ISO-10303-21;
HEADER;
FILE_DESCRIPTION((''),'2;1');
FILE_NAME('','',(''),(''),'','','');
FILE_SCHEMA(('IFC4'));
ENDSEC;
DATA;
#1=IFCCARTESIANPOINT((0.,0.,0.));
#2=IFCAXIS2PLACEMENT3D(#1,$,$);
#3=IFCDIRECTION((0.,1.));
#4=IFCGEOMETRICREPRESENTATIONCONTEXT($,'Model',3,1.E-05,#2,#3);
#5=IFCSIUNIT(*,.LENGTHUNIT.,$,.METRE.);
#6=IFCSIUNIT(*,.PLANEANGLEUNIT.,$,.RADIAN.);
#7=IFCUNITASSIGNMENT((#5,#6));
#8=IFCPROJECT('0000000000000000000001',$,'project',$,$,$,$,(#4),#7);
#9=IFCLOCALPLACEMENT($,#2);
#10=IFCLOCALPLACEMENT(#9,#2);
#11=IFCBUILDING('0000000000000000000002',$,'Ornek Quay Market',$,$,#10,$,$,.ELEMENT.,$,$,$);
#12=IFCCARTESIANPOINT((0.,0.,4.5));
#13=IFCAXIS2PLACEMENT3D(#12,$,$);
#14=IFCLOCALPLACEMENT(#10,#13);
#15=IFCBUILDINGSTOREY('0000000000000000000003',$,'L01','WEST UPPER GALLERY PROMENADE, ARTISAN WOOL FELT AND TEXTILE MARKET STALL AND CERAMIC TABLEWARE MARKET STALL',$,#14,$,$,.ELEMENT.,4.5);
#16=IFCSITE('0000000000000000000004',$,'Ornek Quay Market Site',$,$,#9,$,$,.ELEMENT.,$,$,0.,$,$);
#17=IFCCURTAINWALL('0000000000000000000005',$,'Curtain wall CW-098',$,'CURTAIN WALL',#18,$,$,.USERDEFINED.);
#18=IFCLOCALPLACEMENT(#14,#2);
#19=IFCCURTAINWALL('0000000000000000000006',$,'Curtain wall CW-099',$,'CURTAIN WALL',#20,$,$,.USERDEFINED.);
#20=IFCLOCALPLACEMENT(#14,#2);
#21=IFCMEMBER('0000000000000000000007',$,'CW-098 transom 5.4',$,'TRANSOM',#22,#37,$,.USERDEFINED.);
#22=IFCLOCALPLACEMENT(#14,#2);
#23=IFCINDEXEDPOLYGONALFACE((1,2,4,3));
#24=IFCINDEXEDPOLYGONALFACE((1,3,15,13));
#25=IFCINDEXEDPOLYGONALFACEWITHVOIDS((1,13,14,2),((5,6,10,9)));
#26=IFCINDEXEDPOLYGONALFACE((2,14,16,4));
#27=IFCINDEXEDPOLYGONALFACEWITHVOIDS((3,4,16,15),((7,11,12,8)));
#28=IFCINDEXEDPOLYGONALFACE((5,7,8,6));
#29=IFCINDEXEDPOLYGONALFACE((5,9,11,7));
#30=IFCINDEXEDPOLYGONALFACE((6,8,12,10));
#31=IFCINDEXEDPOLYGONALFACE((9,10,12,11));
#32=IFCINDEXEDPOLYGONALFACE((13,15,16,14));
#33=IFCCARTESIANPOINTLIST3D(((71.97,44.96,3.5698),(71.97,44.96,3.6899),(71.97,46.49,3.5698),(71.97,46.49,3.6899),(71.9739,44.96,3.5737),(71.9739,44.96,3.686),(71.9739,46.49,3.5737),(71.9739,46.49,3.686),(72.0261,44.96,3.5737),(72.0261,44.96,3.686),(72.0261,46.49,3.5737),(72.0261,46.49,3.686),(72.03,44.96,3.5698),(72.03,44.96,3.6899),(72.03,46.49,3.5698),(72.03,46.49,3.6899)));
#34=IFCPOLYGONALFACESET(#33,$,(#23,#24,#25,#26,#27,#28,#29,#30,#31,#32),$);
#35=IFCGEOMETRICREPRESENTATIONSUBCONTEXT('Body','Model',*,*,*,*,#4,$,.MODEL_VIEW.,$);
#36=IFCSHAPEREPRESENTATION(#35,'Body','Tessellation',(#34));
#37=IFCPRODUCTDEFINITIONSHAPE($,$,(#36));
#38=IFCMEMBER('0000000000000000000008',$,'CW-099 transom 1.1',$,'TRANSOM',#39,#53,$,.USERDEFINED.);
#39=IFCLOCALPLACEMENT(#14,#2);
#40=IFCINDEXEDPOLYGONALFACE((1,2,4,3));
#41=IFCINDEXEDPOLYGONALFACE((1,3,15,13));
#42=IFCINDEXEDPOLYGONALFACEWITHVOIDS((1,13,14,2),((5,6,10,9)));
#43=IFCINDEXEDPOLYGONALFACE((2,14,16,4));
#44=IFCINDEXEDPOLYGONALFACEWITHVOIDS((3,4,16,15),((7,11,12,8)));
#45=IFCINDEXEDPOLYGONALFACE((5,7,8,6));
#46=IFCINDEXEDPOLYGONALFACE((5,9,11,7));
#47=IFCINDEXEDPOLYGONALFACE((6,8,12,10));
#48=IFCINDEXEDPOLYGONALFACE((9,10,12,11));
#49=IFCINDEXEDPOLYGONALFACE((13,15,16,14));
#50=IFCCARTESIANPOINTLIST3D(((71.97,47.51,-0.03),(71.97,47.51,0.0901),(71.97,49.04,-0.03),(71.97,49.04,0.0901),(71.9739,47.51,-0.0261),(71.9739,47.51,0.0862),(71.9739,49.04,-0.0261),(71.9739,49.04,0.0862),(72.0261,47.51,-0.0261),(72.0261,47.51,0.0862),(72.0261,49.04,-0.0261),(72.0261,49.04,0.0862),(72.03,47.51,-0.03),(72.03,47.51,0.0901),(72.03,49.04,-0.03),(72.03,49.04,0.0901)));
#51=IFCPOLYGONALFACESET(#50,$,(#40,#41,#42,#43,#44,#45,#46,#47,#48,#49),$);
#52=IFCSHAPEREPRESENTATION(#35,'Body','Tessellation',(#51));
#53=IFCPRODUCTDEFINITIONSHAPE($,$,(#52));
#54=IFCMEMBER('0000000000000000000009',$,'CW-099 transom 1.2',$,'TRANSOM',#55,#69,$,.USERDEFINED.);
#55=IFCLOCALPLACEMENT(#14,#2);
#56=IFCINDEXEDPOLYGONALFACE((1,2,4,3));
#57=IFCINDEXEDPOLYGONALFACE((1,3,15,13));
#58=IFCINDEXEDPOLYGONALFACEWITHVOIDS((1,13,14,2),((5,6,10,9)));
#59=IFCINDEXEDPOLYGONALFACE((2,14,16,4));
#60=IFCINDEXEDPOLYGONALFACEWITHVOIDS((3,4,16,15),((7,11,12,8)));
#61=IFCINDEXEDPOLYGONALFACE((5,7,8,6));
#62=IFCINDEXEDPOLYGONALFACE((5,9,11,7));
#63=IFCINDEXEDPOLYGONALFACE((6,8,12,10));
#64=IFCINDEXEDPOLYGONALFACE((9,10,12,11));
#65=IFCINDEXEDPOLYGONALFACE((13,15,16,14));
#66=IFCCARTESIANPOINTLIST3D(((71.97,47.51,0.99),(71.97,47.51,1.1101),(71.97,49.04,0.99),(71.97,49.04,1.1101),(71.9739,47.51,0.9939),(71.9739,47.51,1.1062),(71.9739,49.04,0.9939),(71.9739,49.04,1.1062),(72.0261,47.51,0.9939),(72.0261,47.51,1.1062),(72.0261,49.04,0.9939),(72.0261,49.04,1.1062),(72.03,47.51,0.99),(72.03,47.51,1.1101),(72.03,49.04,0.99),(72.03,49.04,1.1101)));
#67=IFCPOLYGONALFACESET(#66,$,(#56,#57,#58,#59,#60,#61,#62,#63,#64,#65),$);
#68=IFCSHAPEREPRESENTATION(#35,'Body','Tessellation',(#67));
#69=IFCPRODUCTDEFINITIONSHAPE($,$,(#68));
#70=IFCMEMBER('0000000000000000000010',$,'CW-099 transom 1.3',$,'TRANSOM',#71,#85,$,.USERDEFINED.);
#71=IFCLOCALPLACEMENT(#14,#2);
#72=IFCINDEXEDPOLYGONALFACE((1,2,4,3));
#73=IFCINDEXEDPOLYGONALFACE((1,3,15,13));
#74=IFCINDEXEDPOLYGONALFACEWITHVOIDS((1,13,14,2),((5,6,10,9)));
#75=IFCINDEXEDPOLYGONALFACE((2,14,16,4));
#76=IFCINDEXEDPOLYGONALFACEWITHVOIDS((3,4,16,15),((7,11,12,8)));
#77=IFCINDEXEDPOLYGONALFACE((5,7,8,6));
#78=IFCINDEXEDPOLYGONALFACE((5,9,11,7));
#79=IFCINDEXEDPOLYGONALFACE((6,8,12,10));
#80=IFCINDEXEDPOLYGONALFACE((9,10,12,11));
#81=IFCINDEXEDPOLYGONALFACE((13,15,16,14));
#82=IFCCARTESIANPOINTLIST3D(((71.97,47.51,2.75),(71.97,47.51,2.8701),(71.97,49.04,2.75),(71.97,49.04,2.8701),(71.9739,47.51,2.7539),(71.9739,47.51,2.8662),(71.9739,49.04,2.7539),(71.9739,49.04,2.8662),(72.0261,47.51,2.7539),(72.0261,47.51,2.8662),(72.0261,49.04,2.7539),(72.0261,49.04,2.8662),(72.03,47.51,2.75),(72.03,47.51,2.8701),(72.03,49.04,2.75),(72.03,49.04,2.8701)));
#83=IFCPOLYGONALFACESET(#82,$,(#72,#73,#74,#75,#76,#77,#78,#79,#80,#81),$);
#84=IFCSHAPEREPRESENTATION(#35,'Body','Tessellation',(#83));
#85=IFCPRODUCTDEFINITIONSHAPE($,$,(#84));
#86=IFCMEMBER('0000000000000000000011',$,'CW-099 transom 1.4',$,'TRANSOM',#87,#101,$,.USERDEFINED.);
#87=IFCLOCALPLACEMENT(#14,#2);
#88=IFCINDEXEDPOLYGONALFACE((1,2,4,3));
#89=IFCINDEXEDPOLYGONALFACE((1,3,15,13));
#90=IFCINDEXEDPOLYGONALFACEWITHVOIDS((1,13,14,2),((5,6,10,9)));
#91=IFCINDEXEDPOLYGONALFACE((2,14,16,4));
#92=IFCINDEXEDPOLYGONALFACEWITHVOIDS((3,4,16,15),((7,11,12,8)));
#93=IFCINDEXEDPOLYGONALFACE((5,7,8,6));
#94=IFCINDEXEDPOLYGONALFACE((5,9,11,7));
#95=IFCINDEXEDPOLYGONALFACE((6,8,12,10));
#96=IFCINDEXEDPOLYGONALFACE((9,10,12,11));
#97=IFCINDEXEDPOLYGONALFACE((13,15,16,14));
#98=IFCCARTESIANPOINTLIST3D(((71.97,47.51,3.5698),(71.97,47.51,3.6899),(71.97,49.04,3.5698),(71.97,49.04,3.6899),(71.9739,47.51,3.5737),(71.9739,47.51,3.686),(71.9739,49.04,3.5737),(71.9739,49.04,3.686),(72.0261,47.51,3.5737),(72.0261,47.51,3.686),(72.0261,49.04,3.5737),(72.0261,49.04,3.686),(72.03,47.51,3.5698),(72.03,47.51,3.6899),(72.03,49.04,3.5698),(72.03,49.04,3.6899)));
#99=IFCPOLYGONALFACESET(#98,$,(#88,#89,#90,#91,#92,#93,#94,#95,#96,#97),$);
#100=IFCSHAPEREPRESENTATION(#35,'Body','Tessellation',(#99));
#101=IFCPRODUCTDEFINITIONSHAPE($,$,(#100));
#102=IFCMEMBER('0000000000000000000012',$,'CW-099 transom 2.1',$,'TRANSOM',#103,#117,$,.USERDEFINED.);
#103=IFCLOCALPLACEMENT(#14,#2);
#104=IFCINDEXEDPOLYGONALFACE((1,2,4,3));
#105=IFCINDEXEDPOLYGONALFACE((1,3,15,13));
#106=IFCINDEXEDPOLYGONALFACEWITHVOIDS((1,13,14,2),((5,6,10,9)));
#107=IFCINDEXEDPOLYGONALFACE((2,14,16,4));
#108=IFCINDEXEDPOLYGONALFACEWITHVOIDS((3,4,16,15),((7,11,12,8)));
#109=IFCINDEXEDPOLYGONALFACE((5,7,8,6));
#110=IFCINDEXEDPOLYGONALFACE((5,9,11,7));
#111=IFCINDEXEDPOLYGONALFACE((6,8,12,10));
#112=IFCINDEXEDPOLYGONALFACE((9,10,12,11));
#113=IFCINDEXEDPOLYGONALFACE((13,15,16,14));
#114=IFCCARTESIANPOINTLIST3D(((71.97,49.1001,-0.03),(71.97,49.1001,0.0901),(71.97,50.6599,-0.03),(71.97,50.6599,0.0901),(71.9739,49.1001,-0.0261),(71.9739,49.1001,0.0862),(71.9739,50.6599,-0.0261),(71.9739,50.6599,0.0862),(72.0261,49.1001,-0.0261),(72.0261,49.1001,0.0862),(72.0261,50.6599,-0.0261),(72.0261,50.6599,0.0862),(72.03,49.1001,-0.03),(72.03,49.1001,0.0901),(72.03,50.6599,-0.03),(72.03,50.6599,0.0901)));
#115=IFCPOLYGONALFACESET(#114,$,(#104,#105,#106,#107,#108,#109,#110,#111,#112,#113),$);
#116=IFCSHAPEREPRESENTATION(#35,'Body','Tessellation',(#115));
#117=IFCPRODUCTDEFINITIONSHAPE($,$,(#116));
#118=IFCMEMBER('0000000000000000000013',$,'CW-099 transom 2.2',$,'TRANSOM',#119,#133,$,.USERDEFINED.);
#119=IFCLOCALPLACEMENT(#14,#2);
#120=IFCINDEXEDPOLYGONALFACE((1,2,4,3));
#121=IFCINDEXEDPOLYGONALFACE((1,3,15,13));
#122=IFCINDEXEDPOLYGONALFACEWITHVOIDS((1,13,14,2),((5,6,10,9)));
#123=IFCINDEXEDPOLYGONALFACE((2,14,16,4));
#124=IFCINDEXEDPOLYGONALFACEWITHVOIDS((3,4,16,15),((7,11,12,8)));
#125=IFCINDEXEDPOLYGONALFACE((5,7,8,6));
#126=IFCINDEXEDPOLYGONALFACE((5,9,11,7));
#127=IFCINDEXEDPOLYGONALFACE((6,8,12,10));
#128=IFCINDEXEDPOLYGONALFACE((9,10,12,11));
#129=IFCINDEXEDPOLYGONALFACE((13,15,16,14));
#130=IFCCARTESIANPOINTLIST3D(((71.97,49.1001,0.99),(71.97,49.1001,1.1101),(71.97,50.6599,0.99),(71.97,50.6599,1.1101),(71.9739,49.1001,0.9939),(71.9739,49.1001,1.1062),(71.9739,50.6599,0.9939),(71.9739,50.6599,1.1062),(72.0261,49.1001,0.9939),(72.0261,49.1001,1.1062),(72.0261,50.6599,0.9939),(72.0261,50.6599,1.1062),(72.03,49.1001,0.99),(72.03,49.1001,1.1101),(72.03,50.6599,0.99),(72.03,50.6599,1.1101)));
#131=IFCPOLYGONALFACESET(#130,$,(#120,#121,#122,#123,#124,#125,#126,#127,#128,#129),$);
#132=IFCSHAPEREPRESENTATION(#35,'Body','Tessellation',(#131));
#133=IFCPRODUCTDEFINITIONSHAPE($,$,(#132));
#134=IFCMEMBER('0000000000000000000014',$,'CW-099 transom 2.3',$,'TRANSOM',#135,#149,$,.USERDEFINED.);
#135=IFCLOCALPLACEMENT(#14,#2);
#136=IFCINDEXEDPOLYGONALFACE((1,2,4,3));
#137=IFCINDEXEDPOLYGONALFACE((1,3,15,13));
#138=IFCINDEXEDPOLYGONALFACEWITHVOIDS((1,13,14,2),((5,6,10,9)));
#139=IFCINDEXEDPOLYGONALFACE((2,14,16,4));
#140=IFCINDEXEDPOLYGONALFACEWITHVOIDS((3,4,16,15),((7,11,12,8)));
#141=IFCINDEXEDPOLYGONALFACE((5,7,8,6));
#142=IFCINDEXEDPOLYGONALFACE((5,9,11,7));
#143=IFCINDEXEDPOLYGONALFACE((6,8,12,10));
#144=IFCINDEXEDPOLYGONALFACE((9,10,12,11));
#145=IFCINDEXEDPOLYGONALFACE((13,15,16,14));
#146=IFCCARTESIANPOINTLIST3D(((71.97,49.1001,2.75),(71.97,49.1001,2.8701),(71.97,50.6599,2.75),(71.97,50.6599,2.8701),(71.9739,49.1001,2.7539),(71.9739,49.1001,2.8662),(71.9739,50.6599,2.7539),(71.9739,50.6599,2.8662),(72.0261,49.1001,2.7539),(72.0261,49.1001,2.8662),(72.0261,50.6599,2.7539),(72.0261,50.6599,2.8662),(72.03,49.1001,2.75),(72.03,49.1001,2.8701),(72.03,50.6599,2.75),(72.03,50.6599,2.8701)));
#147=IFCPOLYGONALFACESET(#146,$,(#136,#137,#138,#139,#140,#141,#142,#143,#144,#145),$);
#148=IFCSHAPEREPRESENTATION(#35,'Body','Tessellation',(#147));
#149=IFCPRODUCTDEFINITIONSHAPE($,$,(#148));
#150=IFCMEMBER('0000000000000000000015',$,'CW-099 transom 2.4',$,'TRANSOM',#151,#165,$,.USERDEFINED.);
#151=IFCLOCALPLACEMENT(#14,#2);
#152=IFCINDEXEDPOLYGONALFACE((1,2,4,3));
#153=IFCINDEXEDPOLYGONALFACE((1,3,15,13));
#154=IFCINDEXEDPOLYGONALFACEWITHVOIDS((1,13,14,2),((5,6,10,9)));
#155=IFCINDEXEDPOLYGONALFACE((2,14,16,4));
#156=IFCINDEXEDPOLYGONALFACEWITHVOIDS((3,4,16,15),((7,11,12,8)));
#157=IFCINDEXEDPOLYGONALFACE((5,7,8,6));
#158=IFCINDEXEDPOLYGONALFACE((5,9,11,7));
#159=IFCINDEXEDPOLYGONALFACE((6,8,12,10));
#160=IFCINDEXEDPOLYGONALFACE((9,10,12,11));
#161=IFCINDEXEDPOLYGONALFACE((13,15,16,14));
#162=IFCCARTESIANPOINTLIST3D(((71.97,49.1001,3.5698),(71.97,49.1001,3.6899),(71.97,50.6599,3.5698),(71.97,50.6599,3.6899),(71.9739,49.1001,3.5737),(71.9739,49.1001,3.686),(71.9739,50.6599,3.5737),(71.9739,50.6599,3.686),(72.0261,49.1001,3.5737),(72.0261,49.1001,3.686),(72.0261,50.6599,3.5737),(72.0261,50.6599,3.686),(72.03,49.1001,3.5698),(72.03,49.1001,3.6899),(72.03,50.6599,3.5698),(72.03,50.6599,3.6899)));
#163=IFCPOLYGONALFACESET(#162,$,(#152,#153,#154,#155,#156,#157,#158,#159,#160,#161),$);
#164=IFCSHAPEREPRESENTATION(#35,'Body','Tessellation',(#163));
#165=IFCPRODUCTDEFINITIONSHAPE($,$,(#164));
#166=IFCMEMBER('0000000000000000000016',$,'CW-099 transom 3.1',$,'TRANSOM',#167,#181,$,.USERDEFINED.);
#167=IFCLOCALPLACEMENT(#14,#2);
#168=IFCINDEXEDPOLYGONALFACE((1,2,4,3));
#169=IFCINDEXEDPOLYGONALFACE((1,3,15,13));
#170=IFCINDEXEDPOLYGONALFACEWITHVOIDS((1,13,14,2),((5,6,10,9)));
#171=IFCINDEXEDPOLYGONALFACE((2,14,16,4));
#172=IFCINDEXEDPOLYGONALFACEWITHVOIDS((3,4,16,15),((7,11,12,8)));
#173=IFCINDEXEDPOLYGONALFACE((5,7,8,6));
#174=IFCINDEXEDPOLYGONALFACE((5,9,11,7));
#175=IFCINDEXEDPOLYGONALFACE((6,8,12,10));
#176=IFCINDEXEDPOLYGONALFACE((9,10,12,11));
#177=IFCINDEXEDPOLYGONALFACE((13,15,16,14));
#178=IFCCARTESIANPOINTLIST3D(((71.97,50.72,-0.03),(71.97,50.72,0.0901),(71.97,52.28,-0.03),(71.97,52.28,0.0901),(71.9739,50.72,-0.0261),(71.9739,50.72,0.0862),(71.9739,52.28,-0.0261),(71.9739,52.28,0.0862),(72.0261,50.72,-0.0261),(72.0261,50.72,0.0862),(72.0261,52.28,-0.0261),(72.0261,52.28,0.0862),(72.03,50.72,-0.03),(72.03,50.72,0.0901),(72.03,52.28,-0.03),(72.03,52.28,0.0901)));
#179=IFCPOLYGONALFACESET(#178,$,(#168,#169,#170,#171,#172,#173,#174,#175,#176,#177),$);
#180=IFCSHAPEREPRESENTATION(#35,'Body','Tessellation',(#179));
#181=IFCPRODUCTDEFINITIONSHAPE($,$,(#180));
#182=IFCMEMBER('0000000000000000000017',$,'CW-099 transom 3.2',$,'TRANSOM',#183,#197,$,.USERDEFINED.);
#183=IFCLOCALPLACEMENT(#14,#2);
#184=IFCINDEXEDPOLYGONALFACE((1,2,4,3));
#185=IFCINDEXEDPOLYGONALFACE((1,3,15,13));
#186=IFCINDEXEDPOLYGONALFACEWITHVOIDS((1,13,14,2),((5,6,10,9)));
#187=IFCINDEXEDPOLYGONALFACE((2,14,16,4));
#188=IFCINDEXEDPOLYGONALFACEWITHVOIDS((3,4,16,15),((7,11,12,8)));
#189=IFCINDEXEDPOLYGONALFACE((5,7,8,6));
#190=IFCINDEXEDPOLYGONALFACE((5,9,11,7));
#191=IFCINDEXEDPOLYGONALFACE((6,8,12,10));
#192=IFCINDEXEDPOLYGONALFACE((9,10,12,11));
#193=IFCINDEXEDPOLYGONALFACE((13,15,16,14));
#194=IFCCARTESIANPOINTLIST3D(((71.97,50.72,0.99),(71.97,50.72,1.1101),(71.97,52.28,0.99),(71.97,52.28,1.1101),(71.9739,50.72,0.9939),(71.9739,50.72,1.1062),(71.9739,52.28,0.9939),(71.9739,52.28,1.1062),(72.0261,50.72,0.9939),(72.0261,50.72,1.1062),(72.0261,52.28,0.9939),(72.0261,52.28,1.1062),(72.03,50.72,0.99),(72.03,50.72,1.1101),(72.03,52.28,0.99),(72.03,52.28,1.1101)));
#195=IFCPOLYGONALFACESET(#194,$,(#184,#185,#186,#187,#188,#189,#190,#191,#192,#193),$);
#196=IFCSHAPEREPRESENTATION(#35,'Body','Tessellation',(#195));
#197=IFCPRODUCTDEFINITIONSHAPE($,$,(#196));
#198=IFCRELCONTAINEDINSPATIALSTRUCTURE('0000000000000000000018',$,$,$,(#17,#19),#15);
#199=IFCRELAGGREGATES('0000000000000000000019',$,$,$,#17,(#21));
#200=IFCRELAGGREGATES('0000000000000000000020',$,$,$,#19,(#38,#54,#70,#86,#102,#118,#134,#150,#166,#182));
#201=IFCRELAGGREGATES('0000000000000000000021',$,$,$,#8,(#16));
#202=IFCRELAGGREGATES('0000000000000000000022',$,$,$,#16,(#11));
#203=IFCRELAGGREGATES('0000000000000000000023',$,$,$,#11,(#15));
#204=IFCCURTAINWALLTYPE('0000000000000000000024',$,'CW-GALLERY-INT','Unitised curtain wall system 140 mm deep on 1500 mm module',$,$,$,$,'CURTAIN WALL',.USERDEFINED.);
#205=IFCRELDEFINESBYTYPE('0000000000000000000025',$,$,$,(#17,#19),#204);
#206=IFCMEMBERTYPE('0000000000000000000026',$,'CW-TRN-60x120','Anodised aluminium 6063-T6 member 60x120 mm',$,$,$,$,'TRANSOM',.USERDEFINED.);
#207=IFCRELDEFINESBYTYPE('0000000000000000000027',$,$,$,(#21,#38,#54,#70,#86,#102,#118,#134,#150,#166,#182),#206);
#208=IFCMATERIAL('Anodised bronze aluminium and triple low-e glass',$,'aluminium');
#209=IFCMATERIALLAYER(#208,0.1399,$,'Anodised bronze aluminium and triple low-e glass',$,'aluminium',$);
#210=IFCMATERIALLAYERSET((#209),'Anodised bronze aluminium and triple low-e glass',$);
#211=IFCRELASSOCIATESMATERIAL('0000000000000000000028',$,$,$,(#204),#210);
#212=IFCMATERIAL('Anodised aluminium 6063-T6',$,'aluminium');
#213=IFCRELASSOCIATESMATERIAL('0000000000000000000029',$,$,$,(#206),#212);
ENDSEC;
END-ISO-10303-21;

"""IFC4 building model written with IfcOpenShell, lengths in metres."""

from ifc_helpers import new_model, si_unit, direction, frame, origin, origin_2d, place, context, subcontext, project, spatial, hollow_rectangle, extrude, material, layer, layer_set, material_profile, profile_set, type_object, element, aggregate, save


model = new_model("IFC4")

# Units and contexts
model_context = context("Model", 3, precision=1e-05, world=origin(), true_north=direction((0.0, 1.0)))
body_context = subcontext(model_context, "Body", "Model", "MODEL_VIEW")
ifc_project = project(units=[si_unit("LENGTHUNIT", "METRE"), si_unit("PLANEANGLEUNIT", "RADIAN")], contexts=[model_context])

# Site, building, storey
site_placement = place(None, origin())
site = spatial("IfcSite", under=ifc_project, at=site_placement, Name="Ornek Quay Market Site", CompositionType="ELEMENT", RefElevation=0.0)
building_placement = place(site_placement, origin())
building = spatial("IfcBuilding", under=site, at=building_placement, Name="Ornek Quay Market", CompositionType="ELEMENT")
storey_placement = place(building_placement, frame((0.0, 0.0, 4.5)))
storey = spatial("IfcBuildingStorey", under=building, at=storey_placement, Name="L01", Description="WEST UPPER GALLERY PROMENADE, ARTISAN WOOL FELT AND TEXTILE MARKET STALL AND CERAMIC TABLEWARE MARKET STALL", CompositionType="ELEMENT", Elevation=4.5)

# Curtain wall
ifc_material_1 = material(Name="Anodised bronze aluminium and triple low-e glass", Category="aluminium")
ifc_layer_1 = layer(ifc_material_1, 0.1399, Name="Anodised bronze aluminium and triple low-e glass", Category="aluminium")
ifc_layer_set_1 = layer_set([ifc_layer_1], Name="Anodised bronze aluminium and triple low-e glass")
curtain_wall_type = type_object("IfcCurtainWallType", Name="CW-GALLERY-INT", Description="Unitised curtain wall system 140 mm deep on 1500 mm module", ElementType="CURTAIN WALL", PredefinedType="USERDEFINED", material=ifc_layer_set_1)
curtain_wall_1_placement = place(storey_placement, origin())
curtain_wall_1 = element("IfcCurtainWall", 1, at=curtain_wall_1_placement, inside=storey, type_object=curtain_wall_type, Name="Curtain wall CW-098", ObjectType="CURTAIN WALL", PredefinedType="USERDEFINED")
ifc_material_2 = material(Name="Anodised aluminium 6063-T6", Category="aluminium")

# Curtain wall
curtain_wall_2_placement = place(storey_placement, origin())
curtain_wall_2 = element("IfcCurtainWall", 2, at=curtain_wall_2_placement, inside=storey, type_object=curtain_wall_type, Name="Curtain wall CW-099", ObjectType="CURTAIN WALL", PredefinedType="USERDEFINED")

# Members
ifc_material_profile_1 = material_profile(ifc_material_2, hollow_rectangle(XDim=0.0601, YDim=0.1201, WallThickness=0.0039, at=origin_2d()), Name="CW-TRN-60x120", Category="aluminium")
ifc_profile_set_1 = profile_set([ifc_material_profile_1], Name="Anodised aluminium 6063-T6")
member_type_1 = type_object("IfcMemberType", Name="CW-TRN-60x120", Description="Anodised aluminium 6063-T6 member 60x120 mm", ElementType="TRANSOM", PredefinedType="USERDEFINED", material=ifc_profile_set_1)
member_1_placement = place(storey_placement, frame((72.0, 44.96, 3.6299), z_axis=(0.0, 1.0, 0.0), x_axis=(-1.0, 0.0, 0.0)))
member_1 = element("IfcMember", 3, at=member_1_placement, type_object=member_type_1, Name="CW-098 transom 5.4", ObjectType="TRANSOM", PredefinedType="USERDEFINED", context=body_context, shape_type="SweptSolid", body=[
    extrude(hollow_rectangle(XDim=0.0601, YDim=0.1201, WallThickness=0.0039, at=origin_2d()), origin(), (0.0, 0.0, 1.0), 1.53),
])
member_2_placement = place(storey_placement, frame((72.0, 47.51, 0.03), z_axis=(0.0, 1.0, 0.0), x_axis=(-1.0, 0.0, 0.0)))
member_2 = element("IfcMember", 4, at=member_2_placement, type_object=member_type_1, Name="CW-099 transom 1.1", ObjectType="TRANSOM", PredefinedType="USERDEFINED", context=body_context, shape_type="SweptSolid", body=[
    extrude(hollow_rectangle(XDim=0.0601, YDim=0.1201, WallThickness=0.0039, at=origin_2d()), origin(), (0.0, 0.0, 1.0), 1.53),
])
member_3_placement = place(storey_placement, frame((72.0, 47.51, 1.05), z_axis=(0.0, 1.0, 0.0), x_axis=(-1.0, 0.0, 0.0)))
member_3 = element("IfcMember", 5, at=member_3_placement, type_object=member_type_1, Name="CW-099 transom 1.2", ObjectType="TRANSOM", PredefinedType="USERDEFINED", context=body_context, shape_type="SweptSolid", body=[
    extrude(hollow_rectangle(XDim=0.0601, YDim=0.1201, WallThickness=0.0039, at=origin_2d()), origin(), (0.0, 0.0, 1.0), 1.53),
])
member_4_placement = place(storey_placement, frame((72.0, 47.51, 2.8101), z_axis=(0.0, 1.0, 0.0), x_axis=(-1.0, 0.0, 0.0)))
member_4 = element("IfcMember", 6, at=member_4_placement, type_object=member_type_1, Name="CW-099 transom 1.3", ObjectType="TRANSOM", PredefinedType="USERDEFINED", context=body_context, shape_type="SweptSolid", body=[
    extrude(hollow_rectangle(XDim=0.0601, YDim=0.1201, WallThickness=0.0039, at=origin_2d()), origin(), (0.0, 0.0, 1.0), 1.53),
])
member_5_placement = place(storey_placement, frame((72.0, 47.51, 3.6299), z_axis=(0.0, 1.0, 0.0), x_axis=(-1.0, 0.0, 0.0)))
member_5 = element("IfcMember", 7, at=member_5_placement, type_object=member_type_1, Name="CW-099 transom 1.4", ObjectType="TRANSOM", PredefinedType="USERDEFINED", context=body_context, shape_type="SweptSolid", body=[
    extrude(hollow_rectangle(XDim=0.0601, YDim=0.1201, WallThickness=0.0039, at=origin_2d()), origin(), (0.0, 0.0, 1.0), 1.53),
])
member_6_placement = place(storey_placement, frame((72.0, 49.1001, 0.03), z_axis=(0.0, 1.0, 0.0), x_axis=(-1.0, 0.0, 0.0)))
member_6 = element("IfcMember", 8, at=member_6_placement, type_object=member_type_1, Name="CW-099 transom 2.1", ObjectType="TRANSOM", PredefinedType="USERDEFINED", context=body_context, shape_type="SweptSolid", body=[
    extrude(hollow_rectangle(XDim=0.0601, YDim=0.1201, WallThickness=0.0039, at=origin_2d()), origin(), (0.0, 0.0, 1.0), 1.5598),
])
member_7_placement = place(storey_placement, frame((72.0, 49.1001, 1.05), z_axis=(0.0, 1.0, 0.0), x_axis=(-1.0, 0.0, 0.0)))
member_7 = element("IfcMember", 9, at=member_7_placement, type_object=member_type_1, Name="CW-099 transom 2.2", ObjectType="TRANSOM", PredefinedType="USERDEFINED", context=body_context, shape_type="SweptSolid", body=[
    extrude(hollow_rectangle(XDim=0.0601, YDim=0.1201, WallThickness=0.0039, at=origin_2d()), origin(), (0.0, 0.0, 1.0), 1.5598),
])
member_8_placement = place(storey_placement, frame((72.0, 49.1001, 2.8101), z_axis=(0.0, 1.0, 0.0), x_axis=(-1.0, 0.0, 0.0)))
member_8 = element("IfcMember", 10, at=member_8_placement, type_object=member_type_1, Name="CW-099 transom 2.3", ObjectType="TRANSOM", PredefinedType="USERDEFINED", context=body_context, shape_type="SweptSolid", body=[
    extrude(hollow_rectangle(XDim=0.0601, YDim=0.1201, WallThickness=0.0039, at=origin_2d()), origin(), (0.0, 0.0, 1.0), 1.5598),
])
member_9_placement = place(storey_placement, frame((72.0, 49.1001, 3.6299), z_axis=(0.0, 1.0, 0.0), x_axis=(-1.0, 0.0, 0.0)))
member_9 = element("IfcMember", 11, at=member_9_placement, type_object=member_type_1, Name="CW-099 transom 2.4", ObjectType="TRANSOM", PredefinedType="USERDEFINED", context=body_context, shape_type="SweptSolid", body=[
    extrude(hollow_rectangle(XDim=0.0601, YDim=0.1201, WallThickness=0.0039, at=origin_2d()), origin(), (0.0, 0.0, 1.0), 1.5598),
])
member_10_placement = place(storey_placement, frame((72.0, 50.72, 0.03), z_axis=(0.0, 1.0, 0.0), x_axis=(-1.0, 0.0, 0.0)))
member_10 = element("IfcMember", 12, at=member_10_placement, type_object=member_type_1, Name="CW-099 transom 3.1", ObjectType="TRANSOM", PredefinedType="USERDEFINED", context=body_context, shape_type="SweptSolid", body=[
    extrude(hollow_rectangle(XDim=0.0601, YDim=0.1201, WallThickness=0.0039, at=origin_2d()), origin(), (0.0, 0.0, 1.0), 1.5601),
])
member_11_placement = place(storey_placement, frame((72.0, 50.72, 1.05), z_axis=(0.0, 1.0, 0.0), x_axis=(-1.0, 0.0, 0.0)))
member_11 = element("IfcMember", 13, at=member_11_placement, type_object=member_type_1, Name="CW-099 transom 3.2", ObjectType="TRANSOM", PredefinedType="USERDEFINED", context=body_context, shape_type="SweptSolid", body=[
    extrude(hollow_rectangle(XDim=0.0601, YDim=0.1201, WallThickness=0.0039, at=origin_2d()), origin(), (0.0, 0.0, 1.0), 1.5601),
])

aggregate(curtain_wall_1, [member_1])
aggregate(curtain_wall_2, [member_2, member_3, member_4, member_5, member_6, member_7, member_8, member_9, member_10, member_11])

save(model, "model.ifc")
